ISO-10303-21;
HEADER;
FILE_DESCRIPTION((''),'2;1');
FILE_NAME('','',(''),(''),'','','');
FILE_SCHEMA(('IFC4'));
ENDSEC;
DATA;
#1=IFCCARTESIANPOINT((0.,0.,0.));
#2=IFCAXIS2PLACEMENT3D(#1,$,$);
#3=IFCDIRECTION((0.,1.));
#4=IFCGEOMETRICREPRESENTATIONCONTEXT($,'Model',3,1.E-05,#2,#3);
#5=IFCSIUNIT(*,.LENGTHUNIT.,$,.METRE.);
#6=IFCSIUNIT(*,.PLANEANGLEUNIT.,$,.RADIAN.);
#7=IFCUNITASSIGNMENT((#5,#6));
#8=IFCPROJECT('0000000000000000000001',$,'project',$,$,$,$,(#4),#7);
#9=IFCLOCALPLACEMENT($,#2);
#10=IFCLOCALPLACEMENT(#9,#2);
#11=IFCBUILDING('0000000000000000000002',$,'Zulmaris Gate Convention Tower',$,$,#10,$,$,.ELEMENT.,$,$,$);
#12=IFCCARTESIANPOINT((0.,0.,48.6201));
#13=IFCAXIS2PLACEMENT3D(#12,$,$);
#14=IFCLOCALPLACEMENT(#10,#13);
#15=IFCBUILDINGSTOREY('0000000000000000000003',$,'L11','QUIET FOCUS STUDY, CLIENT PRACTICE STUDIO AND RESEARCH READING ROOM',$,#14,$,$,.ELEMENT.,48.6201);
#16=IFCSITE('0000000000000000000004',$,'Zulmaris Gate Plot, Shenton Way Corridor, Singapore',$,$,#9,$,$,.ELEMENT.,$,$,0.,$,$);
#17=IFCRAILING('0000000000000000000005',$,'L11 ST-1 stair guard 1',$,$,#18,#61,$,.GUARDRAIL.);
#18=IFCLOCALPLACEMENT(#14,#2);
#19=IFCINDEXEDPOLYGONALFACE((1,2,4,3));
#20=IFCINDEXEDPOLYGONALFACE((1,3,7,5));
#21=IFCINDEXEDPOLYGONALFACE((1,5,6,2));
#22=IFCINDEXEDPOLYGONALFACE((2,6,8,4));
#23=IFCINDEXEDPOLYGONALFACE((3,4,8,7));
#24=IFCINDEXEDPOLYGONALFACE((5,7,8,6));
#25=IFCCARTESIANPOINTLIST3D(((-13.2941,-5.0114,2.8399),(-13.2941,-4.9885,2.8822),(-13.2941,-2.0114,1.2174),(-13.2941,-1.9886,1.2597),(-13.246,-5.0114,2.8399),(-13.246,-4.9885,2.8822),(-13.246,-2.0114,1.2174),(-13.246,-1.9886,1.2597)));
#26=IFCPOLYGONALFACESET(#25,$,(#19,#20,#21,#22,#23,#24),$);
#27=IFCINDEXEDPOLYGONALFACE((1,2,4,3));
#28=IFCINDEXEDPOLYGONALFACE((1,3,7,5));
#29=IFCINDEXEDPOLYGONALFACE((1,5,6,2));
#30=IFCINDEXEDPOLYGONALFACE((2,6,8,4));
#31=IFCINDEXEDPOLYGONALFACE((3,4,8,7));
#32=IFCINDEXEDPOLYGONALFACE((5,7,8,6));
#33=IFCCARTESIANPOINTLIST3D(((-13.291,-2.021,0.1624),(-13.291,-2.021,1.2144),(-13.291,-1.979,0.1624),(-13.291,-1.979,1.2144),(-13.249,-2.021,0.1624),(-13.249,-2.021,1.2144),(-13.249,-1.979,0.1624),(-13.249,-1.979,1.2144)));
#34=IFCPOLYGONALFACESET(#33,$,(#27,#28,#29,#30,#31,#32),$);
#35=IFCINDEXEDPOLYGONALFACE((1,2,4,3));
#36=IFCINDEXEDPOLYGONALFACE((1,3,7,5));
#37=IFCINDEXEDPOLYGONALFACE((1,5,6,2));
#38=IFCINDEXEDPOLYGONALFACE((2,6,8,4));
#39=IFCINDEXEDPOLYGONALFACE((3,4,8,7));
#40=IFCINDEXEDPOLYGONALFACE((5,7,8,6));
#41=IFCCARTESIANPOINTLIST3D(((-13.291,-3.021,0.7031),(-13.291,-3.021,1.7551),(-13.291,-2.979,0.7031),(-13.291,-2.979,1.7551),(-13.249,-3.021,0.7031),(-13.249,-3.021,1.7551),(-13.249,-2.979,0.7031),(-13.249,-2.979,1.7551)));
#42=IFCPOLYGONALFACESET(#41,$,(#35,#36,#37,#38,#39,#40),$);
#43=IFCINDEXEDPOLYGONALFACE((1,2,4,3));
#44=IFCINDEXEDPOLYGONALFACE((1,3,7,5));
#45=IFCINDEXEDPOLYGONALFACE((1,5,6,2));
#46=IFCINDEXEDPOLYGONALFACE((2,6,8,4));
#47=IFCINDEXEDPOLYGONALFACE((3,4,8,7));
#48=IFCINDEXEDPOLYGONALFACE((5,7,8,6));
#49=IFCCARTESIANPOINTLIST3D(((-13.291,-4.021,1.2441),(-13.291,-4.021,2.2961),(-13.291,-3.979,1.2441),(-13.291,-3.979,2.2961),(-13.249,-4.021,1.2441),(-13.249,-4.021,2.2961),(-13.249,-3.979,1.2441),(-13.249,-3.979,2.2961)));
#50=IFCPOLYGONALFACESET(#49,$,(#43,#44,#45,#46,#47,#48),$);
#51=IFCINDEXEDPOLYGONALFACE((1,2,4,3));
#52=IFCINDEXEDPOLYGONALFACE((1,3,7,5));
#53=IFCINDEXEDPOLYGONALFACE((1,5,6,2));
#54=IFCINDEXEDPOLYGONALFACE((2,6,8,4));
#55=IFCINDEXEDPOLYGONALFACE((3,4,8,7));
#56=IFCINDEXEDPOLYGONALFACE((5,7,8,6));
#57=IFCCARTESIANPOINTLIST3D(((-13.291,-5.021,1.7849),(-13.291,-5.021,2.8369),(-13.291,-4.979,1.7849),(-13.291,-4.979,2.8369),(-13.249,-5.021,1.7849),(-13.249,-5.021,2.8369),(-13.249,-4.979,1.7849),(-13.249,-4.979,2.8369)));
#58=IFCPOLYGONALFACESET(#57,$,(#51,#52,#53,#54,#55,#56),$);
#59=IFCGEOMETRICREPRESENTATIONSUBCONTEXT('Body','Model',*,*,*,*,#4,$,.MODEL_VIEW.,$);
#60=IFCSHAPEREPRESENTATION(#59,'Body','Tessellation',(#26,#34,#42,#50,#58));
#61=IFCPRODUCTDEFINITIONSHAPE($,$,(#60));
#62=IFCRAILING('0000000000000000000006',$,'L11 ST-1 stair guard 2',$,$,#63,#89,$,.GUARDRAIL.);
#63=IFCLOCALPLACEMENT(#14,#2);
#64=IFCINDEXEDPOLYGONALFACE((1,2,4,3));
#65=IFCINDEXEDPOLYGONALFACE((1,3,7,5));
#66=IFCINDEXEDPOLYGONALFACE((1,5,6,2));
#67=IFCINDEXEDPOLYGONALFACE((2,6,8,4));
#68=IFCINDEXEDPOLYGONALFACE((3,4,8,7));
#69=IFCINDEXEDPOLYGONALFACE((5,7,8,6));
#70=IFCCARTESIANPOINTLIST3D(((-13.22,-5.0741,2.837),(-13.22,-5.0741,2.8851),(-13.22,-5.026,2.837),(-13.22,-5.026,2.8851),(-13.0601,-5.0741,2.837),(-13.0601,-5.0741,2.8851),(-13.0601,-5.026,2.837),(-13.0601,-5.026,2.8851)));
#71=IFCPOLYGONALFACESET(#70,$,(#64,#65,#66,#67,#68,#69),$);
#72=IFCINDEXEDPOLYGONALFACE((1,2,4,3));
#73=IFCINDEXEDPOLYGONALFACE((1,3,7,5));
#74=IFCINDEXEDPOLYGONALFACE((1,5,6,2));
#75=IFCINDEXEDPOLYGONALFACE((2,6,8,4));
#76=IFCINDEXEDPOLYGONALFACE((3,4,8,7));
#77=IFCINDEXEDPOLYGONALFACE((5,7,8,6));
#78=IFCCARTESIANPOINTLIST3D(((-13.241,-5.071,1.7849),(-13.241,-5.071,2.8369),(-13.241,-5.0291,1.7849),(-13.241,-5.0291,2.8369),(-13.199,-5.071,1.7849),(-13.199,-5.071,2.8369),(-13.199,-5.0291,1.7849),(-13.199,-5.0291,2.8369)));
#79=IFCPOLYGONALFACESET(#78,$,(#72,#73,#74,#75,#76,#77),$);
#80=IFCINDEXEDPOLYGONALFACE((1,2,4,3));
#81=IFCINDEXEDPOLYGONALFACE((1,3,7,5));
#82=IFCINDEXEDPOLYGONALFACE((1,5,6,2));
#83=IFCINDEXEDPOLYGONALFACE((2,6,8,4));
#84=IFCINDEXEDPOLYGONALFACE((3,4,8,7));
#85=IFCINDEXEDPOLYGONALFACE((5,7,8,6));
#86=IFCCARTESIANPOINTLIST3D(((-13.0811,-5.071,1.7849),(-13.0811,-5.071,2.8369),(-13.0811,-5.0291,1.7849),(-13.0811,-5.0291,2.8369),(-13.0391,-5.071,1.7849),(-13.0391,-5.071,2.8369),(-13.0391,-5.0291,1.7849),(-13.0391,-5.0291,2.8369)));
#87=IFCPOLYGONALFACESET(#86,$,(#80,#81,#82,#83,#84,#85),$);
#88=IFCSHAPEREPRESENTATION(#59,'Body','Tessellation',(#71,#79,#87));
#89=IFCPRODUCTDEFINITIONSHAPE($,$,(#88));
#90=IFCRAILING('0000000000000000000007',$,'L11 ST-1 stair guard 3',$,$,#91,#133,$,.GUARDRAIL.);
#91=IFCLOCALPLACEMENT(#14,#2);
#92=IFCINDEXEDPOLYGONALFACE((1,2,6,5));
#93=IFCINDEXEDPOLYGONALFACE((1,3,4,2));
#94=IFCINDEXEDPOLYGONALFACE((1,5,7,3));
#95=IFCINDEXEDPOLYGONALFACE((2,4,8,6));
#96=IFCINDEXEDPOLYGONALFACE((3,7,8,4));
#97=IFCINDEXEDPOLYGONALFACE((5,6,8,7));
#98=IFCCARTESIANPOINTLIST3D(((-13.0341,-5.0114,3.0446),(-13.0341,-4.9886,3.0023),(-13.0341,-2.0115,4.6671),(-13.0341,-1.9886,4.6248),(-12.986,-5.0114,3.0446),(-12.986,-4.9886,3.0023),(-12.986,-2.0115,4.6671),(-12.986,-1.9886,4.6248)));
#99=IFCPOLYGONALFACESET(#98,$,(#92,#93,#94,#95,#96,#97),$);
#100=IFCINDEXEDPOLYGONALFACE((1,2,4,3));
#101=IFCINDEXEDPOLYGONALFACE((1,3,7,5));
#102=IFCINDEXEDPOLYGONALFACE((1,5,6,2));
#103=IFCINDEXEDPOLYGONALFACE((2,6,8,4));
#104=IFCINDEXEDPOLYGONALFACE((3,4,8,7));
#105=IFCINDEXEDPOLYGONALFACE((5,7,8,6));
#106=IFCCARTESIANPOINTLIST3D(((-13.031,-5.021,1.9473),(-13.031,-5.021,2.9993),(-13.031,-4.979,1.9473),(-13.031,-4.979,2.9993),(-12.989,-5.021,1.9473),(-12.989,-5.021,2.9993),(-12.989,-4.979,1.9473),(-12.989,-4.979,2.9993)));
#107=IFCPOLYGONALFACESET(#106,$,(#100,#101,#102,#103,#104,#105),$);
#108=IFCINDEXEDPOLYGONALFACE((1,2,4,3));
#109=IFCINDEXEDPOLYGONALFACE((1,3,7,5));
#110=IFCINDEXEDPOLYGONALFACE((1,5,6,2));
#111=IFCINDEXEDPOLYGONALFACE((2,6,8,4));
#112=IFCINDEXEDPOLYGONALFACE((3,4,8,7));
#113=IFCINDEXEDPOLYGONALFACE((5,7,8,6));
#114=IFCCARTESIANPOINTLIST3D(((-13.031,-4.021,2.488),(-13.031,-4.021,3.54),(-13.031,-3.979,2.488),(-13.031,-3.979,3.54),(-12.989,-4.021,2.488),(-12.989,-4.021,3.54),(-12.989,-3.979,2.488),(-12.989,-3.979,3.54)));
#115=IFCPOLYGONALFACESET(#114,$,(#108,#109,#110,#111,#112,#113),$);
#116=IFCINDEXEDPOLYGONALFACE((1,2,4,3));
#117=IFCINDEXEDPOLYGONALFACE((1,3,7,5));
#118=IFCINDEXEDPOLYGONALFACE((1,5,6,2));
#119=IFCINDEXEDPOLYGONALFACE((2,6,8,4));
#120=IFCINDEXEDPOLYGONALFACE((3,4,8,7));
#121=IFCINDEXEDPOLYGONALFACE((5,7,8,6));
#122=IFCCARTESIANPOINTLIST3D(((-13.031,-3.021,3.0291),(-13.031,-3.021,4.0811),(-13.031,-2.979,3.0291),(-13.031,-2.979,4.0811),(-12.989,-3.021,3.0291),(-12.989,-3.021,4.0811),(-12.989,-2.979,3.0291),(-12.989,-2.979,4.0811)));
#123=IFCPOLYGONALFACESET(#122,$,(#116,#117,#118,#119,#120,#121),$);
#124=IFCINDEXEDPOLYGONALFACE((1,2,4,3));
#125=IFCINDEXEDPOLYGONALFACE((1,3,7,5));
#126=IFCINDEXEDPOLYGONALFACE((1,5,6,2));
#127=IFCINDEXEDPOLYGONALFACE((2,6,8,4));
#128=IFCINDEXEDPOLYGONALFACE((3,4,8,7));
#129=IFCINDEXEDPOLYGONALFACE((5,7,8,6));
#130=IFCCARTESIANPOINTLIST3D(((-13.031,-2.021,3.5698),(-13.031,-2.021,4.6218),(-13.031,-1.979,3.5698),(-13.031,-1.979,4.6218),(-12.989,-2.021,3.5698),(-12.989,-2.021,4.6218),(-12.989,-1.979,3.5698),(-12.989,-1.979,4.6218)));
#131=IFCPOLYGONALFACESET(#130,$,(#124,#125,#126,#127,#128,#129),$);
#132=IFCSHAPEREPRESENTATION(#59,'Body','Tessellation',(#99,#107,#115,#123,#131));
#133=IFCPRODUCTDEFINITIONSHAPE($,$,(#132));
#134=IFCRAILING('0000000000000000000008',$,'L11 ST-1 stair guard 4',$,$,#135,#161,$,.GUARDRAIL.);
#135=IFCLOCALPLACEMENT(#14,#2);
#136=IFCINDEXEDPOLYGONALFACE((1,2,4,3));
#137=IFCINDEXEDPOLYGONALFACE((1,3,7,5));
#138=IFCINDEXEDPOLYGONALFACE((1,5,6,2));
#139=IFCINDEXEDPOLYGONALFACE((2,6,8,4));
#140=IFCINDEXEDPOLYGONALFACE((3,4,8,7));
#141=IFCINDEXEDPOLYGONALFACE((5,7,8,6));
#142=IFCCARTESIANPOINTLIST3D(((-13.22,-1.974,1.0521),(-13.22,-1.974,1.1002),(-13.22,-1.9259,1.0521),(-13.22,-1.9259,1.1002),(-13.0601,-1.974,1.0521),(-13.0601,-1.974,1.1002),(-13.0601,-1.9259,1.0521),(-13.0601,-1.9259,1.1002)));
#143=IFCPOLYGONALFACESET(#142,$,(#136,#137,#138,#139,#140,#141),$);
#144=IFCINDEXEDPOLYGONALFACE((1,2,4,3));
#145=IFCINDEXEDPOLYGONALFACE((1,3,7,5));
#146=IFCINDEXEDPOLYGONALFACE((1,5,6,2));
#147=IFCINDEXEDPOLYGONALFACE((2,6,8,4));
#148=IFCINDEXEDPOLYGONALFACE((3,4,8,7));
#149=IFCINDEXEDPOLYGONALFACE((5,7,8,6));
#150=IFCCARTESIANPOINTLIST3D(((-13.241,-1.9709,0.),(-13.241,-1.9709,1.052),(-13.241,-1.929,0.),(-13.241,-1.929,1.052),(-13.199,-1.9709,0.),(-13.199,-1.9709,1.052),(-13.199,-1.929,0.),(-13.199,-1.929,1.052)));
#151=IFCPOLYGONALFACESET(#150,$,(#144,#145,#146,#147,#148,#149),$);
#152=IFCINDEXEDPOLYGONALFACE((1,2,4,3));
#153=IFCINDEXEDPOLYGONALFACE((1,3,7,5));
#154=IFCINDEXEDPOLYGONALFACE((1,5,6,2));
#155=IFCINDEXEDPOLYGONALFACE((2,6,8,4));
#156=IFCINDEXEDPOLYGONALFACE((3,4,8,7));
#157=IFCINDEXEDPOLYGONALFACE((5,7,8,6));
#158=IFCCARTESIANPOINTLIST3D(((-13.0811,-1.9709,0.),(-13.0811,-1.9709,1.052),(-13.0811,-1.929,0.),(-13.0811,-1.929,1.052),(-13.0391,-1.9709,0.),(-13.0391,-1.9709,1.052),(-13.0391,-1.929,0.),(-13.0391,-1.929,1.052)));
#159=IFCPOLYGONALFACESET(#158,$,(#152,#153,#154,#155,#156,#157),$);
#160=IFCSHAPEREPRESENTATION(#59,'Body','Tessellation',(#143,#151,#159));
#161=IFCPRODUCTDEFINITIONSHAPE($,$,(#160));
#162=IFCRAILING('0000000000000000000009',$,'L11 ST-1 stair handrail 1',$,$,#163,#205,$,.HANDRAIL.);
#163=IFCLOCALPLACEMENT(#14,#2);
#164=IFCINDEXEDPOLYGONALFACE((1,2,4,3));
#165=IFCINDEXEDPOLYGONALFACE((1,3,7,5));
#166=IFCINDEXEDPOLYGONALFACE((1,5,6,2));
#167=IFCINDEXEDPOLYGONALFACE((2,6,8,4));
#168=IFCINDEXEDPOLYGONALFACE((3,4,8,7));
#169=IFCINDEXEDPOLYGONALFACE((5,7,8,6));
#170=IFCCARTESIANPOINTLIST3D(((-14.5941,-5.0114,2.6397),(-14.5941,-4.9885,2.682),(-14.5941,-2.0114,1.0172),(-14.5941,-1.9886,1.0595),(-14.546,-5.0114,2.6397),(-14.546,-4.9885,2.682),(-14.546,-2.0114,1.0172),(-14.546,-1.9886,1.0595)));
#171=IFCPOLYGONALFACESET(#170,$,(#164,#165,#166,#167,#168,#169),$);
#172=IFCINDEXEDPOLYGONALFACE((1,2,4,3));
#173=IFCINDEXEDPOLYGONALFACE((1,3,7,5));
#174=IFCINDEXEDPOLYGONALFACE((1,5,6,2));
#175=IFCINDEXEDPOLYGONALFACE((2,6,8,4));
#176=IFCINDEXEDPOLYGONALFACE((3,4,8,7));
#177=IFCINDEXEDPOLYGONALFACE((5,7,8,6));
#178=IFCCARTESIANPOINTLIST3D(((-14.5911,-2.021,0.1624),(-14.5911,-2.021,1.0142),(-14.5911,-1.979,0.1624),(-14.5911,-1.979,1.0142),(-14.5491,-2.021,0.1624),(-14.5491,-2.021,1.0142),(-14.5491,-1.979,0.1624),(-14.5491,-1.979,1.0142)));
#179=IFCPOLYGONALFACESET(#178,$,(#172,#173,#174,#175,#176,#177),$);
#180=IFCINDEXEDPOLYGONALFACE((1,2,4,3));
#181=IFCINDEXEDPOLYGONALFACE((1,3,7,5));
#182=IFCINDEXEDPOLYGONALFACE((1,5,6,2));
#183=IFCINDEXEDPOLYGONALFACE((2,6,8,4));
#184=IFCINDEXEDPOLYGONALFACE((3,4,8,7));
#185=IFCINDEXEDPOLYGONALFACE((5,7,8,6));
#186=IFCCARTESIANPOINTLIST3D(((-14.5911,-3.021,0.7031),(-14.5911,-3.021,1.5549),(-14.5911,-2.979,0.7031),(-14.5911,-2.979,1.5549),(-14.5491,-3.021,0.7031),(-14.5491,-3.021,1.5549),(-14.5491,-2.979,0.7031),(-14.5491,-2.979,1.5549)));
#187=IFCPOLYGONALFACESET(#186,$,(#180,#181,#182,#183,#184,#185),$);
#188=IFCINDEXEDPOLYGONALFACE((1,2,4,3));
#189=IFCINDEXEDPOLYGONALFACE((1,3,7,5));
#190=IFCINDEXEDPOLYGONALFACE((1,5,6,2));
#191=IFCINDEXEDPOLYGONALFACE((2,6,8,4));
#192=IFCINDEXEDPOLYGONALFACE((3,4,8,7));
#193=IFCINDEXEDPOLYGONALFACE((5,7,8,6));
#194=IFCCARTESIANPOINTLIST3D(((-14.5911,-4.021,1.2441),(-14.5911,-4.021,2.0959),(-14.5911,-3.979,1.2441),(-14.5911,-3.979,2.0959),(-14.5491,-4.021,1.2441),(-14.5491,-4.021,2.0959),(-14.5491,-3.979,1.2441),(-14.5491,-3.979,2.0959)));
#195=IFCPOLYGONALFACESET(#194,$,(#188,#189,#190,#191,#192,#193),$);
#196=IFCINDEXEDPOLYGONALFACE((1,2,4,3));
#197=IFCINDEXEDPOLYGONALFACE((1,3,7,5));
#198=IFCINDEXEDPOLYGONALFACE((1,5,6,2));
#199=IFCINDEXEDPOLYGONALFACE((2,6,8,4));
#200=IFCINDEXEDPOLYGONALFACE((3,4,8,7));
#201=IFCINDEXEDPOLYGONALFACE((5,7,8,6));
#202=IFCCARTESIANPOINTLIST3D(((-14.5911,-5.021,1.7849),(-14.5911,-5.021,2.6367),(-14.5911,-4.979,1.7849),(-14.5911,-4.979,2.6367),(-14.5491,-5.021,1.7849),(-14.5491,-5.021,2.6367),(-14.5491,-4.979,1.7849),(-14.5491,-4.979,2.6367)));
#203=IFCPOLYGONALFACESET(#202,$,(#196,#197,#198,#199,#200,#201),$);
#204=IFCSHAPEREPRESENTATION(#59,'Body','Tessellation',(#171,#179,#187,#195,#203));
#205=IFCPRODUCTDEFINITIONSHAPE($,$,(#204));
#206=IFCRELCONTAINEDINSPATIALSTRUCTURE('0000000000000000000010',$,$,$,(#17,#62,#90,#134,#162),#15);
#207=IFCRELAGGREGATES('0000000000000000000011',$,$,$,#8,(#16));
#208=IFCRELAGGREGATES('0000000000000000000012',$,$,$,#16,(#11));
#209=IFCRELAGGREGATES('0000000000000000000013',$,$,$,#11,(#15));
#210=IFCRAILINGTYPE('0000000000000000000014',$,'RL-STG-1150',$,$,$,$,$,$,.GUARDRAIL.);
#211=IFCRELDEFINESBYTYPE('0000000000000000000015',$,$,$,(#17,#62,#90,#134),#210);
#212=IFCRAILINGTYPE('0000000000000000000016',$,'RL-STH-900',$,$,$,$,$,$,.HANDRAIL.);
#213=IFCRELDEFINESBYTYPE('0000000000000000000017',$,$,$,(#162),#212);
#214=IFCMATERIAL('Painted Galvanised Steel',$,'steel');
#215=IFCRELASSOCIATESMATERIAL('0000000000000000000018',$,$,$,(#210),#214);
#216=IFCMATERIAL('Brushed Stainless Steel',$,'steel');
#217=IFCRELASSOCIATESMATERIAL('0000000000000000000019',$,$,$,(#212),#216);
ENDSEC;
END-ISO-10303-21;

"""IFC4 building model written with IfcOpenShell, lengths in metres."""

from ifc_helpers import new_model, si_unit, direction, frame, origin, origin_2d, place, context, subcontext, project, spatial, rectangle, extrude, material, type_object, element, save


model = new_model("IFC4")

# Units and contexts
model_context = context("Model", 3, precision=1e-05, world=origin(), true_north=direction((0.0, 1.0)))
body_context = subcontext(model_context, "Body", "Model", "MODEL_VIEW")
ifc_project = project(units=[si_unit("LENGTHUNIT", "METRE"), si_unit("PLANEANGLEUNIT", "RADIAN")], contexts=[model_context])

# Site, building, storey
site_placement = place(None, origin())
site = spatial("IfcSite", under=ifc_project, at=site_placement, Name="Zulmaris Gate Plot, Shenton Way Corridor, Singapore", CompositionType="ELEMENT", RefElevation=0.0)
building_placement = place(site_placement, origin())
building = spatial("IfcBuilding", under=site, at=building_placement, Name="Zulmaris Gate Convention Tower", CompositionType="ELEMENT")
storey_placement = place(building_placement, frame((0.0, 0.0, 48.6201)))
storey = spatial("IfcBuildingStorey", under=building, at=storey_placement, Name="L11", Description="QUIET FOCUS STUDY, CLIENT PRACTICE STUDIO AND RESEARCH READING ROOM", CompositionType="ELEMENT", Elevation=48.6201)

# Shared definitions
ifc_material_1 = material(Name="Brushed Stainless Steel", Category="steel")

# Railings
ifc_material_2 = material(Name="Painted Galvanised Steel", Category="steel")
railing_type_1 = type_object("IfcRailingType", Name="RL-STG-1150", PredefinedType="GUARDRAIL", material=ifc_material_2)
railing_1_placement = place(storey_placement, frame((-13.27, -2.0, 0.1624)))
element("IfcRailing", 1, at=railing_1_placement, inside=storey, type_object=railing_type_1, Name="L11 ST-1 stair guard 1", PredefinedType="GUARDRAIL", context=body_context, shape_type="SweptSolid", body=[
    extrude(rectangle(XDim=0.0481, YDim=0.0481, at=origin_2d()), frame((0.0, 0.0, 1.0762), z_axis=(0.0, -0.879592, 0.47573), x_axis=(1.0, 0.0, 0.0)), (0.0, 0.0, 1.0), 3.4106),
    extrude(rectangle(XDim=0.042, YDim=0.042, at=origin_2d()), origin(), (0.0, 0.0, 1.0), 1.052),
    extrude(rectangle(XDim=0.042, YDim=0.042, at=origin_2d()), frame((0.0, -1.0, 0.5408)), (0.0, 0.0, 1.0), 1.052),
    extrude(rectangle(XDim=0.042, YDim=0.042, at=origin_2d()), frame((0.0, -2.0, 1.0818)), (0.0, 0.0, 1.0), 1.052),
    extrude(rectangle(XDim=0.042, YDim=0.042, at=origin_2d()), frame((0.0, -3.0, 1.6226)), (0.0, 0.0, 1.0), 1.052),
])
railing_2_placement = place(storey_placement, frame((-13.22, -5.05, 1.7849)))
element("IfcRailing", 2, at=railing_2_placement, inside=storey, type_object=railing_type_1, Name="L11 ST-1 stair guard 2", PredefinedType="GUARDRAIL", context=body_context, shape_type="SweptSolid", body=[
    extrude(rectangle(XDim=0.0481, YDim=0.0481, at=origin_2d()), frame((0.0, 0.0, 1.0762), z_axis=(1.0, 0.0, 0.0), x_axis=(0.0, 1.0, 0.0)), (0.0, 0.0, 1.0), 0.1599),
    extrude(rectangle(XDim=0.042, YDim=0.042, at=origin_2d()), origin(), (0.0, 0.0, 1.0), 1.052),
    extrude(rectangle(XDim=0.042, YDim=0.042, at=origin_2d()), frame((0.1599, 0.0, 0.0)), (0.0, 0.0, 1.0), 1.052),
])
railing_3_placement = place(storey_placement, frame((-13.01, -5.0, 1.9473)))
element("IfcRailing", 3, at=railing_3_placement, inside=storey, type_object=railing_type_1, Name="L11 ST-1 stair guard 3", PredefinedType="GUARDRAIL", context=body_context, shape_type="SweptSolid", body=[
    extrude(rectangle(XDim=0.0481, YDim=0.0481, at=origin_2d()), frame((0.0, 0.0, 1.0762), z_axis=(0.0, 0.879592, 0.47573), x_axis=(-1.0, 0.0, 0.0)), (0.0, 0.0, 1.0), 3.4106),
    extrude(rectangle(XDim=0.042, YDim=0.042, at=origin_2d()), origin(), (0.0, 0.0, 1.0), 1.052),
    extrude(rectangle(XDim=0.042, YDim=0.042, at=origin_2d()), frame((0.0, 1.0, 0.5408)), (0.0, 0.0, 1.0), 1.052),
    extrude(rectangle(XDim=0.042, YDim=0.042, at=origin_2d()), frame((0.0, 2.0, 1.0818)), (0.0, 0.0, 1.0), 1.052),
    extrude(rectangle(XDim=0.042, YDim=0.042, at=origin_2d()), frame((0.0, 3.0, 1.6226)), (0.0, 0.0, 1.0), 1.052),
])
railing_4_placement = place(storey_placement, frame((-13.22, -1.95, 0.0)))
element("IfcRailing", 4, at=railing_4_placement, inside=storey, type_object=railing_type_1, Name="L11 ST-1 stair guard 4", PredefinedType="GUARDRAIL", context=body_context, shape_type="SweptSolid", body=[
    extrude(rectangle(XDim=0.0481, YDim=0.0481, at=origin_2d()), frame((0.0, 0.0, 1.0762), z_axis=(1.0, 0.0, 0.0), x_axis=(0.0, 1.0, 0.0)), (0.0, 0.0, 1.0), 0.1599),
    extrude(rectangle(XDim=0.042, YDim=0.042, at=origin_2d()), origin(), (0.0, 0.0, 1.0), 1.052),
    extrude(rectangle(XDim=0.042, YDim=0.042, at=origin_2d()), frame((0.1599, 0.0, 0.0)), (0.0, 0.0, 1.0), 1.052),
])
railing_type_2 = type_object("IfcRailingType", Name="RL-STH-900", PredefinedType="HANDRAIL", material=ifc_material_1)
railing_5_placement = place(storey_placement, frame((-14.5701, -2.0, 0.1624)))
element("IfcRailing", 5, at=railing_5_placement, inside=storey, type_object=railing_type_2, Name="L11 ST-1 stair handrail 1", PredefinedType="HANDRAIL", context=body_context, shape_type="SweptSolid", body=[
    extrude(rectangle(XDim=0.0481, YDim=0.0481, at=origin_2d()), frame((0.0, 0.0, 0.876), z_axis=(0.0, -0.879592, 0.47573), x_axis=(1.0, 0.0, 0.0)), (0.0, 0.0, 1.0), 3.4106),
    extrude(rectangle(XDim=0.042, YDim=0.042, at=origin_2d()), origin(), (0.0, 0.0, 1.0), 0.8518),
    extrude(rectangle(XDim=0.042, YDim=0.042, at=origin_2d()), frame((0.0, -1.0, 0.5408)), (0.0, 0.0, 1.0), 0.8518),
    extrude(rectangle(XDim=0.042, YDim=0.042, at=origin_2d()), frame((0.0, -2.0, 1.0818)), (0.0, 0.0, 1.0), 0.8518),
    extrude(rectangle(XDim=0.042, YDim=0.042, at=origin_2d()), frame((0.0, -3.0, 1.6226)), (0.0, 0.0, 1.0), 0.8518),
])

save(model, "model.ifc")
